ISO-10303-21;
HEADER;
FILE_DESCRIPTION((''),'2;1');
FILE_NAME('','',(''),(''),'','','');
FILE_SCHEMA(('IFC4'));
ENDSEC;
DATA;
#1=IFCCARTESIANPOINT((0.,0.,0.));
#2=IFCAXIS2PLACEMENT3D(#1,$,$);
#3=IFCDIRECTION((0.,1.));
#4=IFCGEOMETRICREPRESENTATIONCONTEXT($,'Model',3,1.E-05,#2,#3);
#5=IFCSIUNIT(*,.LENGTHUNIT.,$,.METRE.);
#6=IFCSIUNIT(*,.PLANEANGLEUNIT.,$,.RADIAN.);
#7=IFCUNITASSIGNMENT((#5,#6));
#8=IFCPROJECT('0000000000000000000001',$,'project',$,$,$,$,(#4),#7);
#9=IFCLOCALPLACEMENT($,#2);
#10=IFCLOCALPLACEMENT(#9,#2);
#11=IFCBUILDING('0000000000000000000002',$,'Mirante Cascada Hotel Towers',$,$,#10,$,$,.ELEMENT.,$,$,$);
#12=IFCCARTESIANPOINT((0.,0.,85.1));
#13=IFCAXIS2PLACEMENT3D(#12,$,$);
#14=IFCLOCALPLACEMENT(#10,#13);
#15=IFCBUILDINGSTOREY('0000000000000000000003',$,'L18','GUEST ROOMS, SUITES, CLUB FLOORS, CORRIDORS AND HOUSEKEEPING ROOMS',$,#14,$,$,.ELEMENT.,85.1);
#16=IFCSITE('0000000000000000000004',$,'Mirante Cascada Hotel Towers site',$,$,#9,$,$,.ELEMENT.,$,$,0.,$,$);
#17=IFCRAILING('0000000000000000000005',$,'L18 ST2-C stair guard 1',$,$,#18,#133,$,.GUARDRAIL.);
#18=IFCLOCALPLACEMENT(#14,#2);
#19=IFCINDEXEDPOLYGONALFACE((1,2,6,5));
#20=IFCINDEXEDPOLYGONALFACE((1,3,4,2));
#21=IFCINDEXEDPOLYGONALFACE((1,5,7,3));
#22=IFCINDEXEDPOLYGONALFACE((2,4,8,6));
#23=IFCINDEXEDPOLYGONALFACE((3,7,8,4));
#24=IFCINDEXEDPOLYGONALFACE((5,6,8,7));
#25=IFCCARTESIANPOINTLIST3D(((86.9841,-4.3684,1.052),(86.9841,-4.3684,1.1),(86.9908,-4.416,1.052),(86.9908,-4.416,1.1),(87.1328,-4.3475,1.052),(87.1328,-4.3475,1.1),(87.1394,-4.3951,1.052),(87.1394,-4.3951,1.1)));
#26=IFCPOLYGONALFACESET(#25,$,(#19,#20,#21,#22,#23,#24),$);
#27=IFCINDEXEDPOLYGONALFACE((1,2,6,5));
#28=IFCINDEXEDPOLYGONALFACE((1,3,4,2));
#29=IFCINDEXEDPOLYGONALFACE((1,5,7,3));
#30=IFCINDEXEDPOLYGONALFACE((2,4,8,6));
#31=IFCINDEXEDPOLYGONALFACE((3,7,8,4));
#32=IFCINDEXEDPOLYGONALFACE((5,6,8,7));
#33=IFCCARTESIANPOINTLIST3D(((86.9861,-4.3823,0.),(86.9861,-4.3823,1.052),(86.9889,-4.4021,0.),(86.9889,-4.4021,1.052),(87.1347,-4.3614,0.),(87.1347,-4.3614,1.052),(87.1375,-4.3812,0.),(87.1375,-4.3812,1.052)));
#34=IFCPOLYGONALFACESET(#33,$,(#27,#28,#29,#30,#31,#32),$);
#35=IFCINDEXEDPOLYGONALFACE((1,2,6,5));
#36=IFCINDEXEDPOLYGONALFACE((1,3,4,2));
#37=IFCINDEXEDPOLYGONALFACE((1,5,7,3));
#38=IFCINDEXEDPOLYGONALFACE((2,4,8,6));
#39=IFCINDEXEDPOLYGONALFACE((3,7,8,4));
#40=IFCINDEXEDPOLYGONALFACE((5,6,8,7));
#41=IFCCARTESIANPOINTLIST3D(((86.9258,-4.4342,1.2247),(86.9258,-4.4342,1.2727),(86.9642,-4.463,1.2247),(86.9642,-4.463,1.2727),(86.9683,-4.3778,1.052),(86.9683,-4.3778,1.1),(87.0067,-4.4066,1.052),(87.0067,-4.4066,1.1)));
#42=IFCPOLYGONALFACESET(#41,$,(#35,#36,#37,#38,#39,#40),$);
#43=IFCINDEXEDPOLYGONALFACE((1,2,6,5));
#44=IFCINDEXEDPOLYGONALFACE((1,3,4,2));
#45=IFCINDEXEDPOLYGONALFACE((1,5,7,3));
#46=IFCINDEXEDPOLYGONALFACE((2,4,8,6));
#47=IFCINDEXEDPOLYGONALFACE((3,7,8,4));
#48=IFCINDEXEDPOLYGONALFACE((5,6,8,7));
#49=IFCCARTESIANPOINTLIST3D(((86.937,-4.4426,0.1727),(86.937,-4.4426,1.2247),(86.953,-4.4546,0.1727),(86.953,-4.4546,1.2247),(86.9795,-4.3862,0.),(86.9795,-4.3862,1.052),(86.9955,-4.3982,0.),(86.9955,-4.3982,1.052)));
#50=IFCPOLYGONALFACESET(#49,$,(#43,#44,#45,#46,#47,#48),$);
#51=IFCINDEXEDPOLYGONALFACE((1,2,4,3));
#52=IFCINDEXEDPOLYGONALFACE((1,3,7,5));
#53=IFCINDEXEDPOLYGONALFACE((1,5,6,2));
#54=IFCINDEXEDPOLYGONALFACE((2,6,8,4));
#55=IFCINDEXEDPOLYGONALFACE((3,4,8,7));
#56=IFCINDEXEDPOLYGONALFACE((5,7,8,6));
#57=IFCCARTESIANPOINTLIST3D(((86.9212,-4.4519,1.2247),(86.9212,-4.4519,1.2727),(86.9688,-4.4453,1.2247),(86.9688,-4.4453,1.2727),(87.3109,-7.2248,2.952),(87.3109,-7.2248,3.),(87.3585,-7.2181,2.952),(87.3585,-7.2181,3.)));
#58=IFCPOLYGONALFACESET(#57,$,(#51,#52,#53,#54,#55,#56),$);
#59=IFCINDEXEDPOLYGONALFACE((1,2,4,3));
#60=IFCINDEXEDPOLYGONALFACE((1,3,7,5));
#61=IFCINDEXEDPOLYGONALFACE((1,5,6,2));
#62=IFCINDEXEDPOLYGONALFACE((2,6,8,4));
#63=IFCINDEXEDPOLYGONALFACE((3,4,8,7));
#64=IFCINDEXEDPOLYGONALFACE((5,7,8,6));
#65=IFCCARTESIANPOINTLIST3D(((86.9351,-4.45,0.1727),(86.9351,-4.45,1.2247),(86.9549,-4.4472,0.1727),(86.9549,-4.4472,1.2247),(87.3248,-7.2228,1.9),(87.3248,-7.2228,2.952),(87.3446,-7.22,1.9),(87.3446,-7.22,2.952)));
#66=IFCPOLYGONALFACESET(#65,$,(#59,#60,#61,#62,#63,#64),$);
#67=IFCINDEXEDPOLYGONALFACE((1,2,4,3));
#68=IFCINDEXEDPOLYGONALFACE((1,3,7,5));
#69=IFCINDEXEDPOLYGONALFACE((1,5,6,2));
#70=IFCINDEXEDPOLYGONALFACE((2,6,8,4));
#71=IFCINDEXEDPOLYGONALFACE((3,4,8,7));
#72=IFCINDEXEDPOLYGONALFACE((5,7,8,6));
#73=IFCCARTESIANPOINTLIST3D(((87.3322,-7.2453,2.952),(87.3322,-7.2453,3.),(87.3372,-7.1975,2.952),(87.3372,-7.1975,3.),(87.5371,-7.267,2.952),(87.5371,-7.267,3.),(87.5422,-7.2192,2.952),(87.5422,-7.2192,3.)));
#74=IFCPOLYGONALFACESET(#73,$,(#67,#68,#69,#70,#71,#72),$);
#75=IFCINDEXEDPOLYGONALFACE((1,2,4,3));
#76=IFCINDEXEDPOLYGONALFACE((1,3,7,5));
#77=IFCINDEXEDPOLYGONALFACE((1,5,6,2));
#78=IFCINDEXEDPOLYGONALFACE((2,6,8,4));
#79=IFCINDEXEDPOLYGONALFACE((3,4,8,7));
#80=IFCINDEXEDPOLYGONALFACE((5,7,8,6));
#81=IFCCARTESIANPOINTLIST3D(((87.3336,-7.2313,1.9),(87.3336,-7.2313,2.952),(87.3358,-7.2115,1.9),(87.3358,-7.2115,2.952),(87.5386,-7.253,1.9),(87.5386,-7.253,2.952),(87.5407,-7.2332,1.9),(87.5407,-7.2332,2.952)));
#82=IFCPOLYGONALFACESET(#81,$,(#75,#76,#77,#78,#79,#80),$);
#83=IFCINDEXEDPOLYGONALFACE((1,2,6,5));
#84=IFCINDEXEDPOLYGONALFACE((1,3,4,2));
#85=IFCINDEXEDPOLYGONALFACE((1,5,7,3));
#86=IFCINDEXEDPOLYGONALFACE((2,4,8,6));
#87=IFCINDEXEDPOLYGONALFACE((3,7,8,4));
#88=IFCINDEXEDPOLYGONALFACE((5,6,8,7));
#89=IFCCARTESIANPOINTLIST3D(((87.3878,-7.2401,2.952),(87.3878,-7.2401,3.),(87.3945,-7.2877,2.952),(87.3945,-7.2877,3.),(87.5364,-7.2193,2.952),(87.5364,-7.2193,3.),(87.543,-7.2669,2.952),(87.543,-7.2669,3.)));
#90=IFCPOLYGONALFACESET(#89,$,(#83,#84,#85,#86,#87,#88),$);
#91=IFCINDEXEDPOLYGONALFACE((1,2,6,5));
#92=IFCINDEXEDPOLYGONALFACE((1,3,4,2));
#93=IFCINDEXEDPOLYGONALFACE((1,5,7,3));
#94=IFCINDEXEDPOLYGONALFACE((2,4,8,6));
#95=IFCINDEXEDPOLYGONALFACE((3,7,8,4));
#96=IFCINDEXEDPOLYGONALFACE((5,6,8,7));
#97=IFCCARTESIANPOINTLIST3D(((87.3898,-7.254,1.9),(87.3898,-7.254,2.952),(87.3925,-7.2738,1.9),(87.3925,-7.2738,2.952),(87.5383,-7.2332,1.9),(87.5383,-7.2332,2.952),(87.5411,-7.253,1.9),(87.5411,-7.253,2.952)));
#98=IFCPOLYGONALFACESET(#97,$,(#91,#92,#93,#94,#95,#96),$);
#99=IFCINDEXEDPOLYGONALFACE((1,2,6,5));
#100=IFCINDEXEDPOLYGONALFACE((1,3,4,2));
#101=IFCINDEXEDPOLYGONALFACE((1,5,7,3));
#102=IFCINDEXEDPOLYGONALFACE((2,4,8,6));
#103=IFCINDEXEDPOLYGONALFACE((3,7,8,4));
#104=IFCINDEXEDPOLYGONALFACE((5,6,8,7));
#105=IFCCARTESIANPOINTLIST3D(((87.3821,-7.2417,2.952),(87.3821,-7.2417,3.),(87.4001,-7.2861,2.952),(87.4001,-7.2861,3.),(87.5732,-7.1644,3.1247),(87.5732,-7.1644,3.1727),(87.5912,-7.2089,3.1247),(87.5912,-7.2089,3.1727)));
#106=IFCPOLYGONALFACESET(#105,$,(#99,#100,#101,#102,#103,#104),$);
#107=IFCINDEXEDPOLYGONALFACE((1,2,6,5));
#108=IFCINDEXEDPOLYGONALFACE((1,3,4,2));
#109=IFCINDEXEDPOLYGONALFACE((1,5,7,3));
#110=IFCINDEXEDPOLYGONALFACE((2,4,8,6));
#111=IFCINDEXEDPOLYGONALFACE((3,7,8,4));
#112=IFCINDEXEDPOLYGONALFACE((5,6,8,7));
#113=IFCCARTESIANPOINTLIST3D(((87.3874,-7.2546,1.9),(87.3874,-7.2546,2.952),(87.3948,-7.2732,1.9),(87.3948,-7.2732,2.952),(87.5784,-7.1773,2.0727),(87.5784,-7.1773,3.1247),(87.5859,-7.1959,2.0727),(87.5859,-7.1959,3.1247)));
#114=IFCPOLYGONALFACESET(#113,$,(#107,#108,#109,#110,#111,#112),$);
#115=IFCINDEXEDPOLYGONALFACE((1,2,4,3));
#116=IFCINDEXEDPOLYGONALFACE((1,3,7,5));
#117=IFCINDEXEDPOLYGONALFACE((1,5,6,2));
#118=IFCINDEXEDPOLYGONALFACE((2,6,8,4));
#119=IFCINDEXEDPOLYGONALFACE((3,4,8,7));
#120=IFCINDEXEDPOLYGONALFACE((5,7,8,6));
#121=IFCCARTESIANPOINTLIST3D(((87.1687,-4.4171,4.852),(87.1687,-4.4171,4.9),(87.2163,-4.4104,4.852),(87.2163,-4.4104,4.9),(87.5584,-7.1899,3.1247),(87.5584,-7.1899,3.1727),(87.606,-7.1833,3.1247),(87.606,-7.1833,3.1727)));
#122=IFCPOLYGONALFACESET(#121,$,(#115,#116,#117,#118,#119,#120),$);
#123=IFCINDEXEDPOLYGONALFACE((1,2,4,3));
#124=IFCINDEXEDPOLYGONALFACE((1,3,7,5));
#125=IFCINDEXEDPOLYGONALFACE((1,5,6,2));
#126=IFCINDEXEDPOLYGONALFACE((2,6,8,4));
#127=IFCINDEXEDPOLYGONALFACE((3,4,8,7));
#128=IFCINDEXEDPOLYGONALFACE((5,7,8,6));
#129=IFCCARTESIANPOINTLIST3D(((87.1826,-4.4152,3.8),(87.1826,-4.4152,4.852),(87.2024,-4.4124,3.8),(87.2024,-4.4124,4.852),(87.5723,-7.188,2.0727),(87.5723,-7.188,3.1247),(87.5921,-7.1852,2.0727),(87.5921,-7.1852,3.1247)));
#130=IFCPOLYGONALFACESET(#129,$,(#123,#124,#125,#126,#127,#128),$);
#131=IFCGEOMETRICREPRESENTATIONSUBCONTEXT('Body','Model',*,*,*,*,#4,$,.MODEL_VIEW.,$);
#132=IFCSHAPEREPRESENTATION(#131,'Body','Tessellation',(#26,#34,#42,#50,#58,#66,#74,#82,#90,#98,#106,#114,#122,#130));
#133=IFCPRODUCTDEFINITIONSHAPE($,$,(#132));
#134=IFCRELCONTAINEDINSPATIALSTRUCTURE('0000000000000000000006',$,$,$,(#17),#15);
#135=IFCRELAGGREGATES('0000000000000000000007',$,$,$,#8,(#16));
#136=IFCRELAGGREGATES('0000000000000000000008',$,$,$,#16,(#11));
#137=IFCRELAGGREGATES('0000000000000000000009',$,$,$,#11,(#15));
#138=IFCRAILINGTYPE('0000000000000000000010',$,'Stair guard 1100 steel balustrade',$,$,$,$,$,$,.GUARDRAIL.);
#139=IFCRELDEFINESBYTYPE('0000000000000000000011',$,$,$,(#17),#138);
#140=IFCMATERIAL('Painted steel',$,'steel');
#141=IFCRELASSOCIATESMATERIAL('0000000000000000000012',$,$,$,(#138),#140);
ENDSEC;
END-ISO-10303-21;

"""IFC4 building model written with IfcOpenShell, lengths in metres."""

from ifc_helpers import new_model, si_unit, direction, frame, origin, origin_2d, place, context, subcontext, project, spatial, rectangle, extrude, material, type_object, element, save


model = new_model("IFC4")

# Units and contexts
model_context = context("Model", 3, precision=1e-05, world=origin(), true_north=direction((0.0, 1.0)))
body_context = subcontext(model_context, "Body", "Model", "MODEL_VIEW")
ifc_project = project(units=[si_unit("LENGTHUNIT", "METRE"), si_unit("PLANEANGLEUNIT", "RADIAN")], contexts=[model_context])

# Site, building, storey
site_placement = place(None, origin())
site = spatial("IfcSite", under=ifc_project, at=site_placement, Name="Mirante Cascada Hotel Towers site", CompositionType="ELEMENT", RefElevation=0.0)
building_placement = place(site_placement, origin())
building = spatial("IfcBuilding", under=site, at=building_placement, Name="Mirante Cascada Hotel Towers", CompositionType="ELEMENT")
storey_placement = place(building_placement, frame((0.0, 0.0, 85.1)))
storey = spatial("IfcBuildingStorey", under=building, at=storey_placement, Name="L18", Description="GUEST ROOMS, SUITES, CLUB FLOORS, CORRIDORS AND HOUSEKEEPING ROOMS", CompositionType="ELEMENT", Elevation=85.1)

# Railing
ifc_material_1 = material(Name="Painted steel", Category="steel")
railing_type = type_object("IfcRailingType", Name="Stair guard 1100 steel balustrade", PredefinedType="GUARDRAIL", material=ifc_material_1)
railing_placement = place(storey_placement, frame((87.1361, -4.3713, 0.0)))
element("IfcRailing", 1, at=railing_placement, inside=storey, type_object=railing_type, Name="L18 ST2-C stair guard 1", PredefinedType="GUARDRAIL", context=body_context, shape_type="SweptSolid", body=[
    extrude(rectangle(XDim=0.048, YDim=0.048, at=origin_2d()), frame((0.0, 0.0, 1.076), z_axis=(-0.990254, -0.139275, 0.0), x_axis=(0.139275, -0.990254, 0.0)), (0.0, 0.0, 1.0), 0.1501),
    extrude(rectangle(XDim=0.02, YDim=1.052, at=origin_2d()), frame((0.0, 0.0, 0.526), z_axis=(-0.990254, -0.139275, 0.0), x_axis=(0.139275, -0.990254, 0.0)), (0.0, 0.0, 1.0), 0.1501),
    extrude(rectangle(XDim=0.048, YDim=0.048, at=origin_2d()), frame((-0.1486, -0.0209, 1.076), z_axis=(-0.601811, -0.798639, 0.0), x_axis=(0.798639, -0.601811, 0.0)), (0.0, 0.925603, 0.378496), 0.1866),
    extrude(rectangle(XDim=0.02, YDim=1.052, at=origin_2d()), frame((-0.1486, -0.0209, 0.526), z_axis=(-0.601811, -0.798639, 0.0), x_axis=(0.798639, -0.601811, 0.0)), (0.0, 0.925603, 0.378496), 0.1866),
    extrude(rectangle(XDim=0.048, YDim=0.048, at=origin_2d()), frame((-0.1911, -0.0773, 1.2487), z_axis=(0.139176, -0.990268, 0.0), x_axis=(0.990268, 0.139176, 0.0)), (0.0, 0.525021, 0.851089), 3.29),
    extrude(rectangle(XDim=0.02, YDim=1.052, at=origin_2d()), frame((-0.1911, -0.0773, 0.6987), z_axis=(0.139176, -0.990268, 0.0), x_axis=(0.990268, 0.139176, 0.0)), (0.0, 0.525021, 0.851089), 3.29),
    extrude(rectangle(XDim=0.048, YDim=0.048, at=origin_2d()), frame((0.1986, -2.8501, 2.976), z_axis=(0.994444, -0.105266, 0.0), x_axis=(0.105266, 0.994444, 0.0)), (0.0, 0.0, 1.0), 0.2061),
    extrude(rectangle(XDim=0.02, YDim=1.052, at=origin_2d()), frame((0.1986, -2.8501, 2.426), z_axis=(0.994444, -0.105266, 0.0), x_axis=(0.105266, 0.994444, 0.0)), (0.0, 0.0, 1.0), 0.2061),
    extrude(rectangle(XDim=0.048, YDim=0.048, at=origin_2d()), frame((0.4036, -2.8718, 2.976), z_axis=(-0.990345, -0.138622, 0.0), x_axis=(0.138622, -0.990345, 0.0)), (0.0, 0.0, 1.0), 0.15),
    extrude(rectangle(XDim=0.02, YDim=1.052, at=origin_2d()), frame((0.4036, -2.8718, 2.426), z_axis=(-0.990345, -0.138622, 0.0), x_axis=(0.138622, -0.990345, 0.0)), (0.0, 0.0, 1.0), 0.15),
    extrude(rectangle(XDim=0.048, YDim=0.048, at=origin_2d()), frame((0.255, -2.8926, 2.976), z_axis=(0.927031, 0.374984, 0.0), x_axis=(-0.374984, 0.927031, 0.0)), (0.0, 0.64219, 0.766545), 0.2689),
    extrude(rectangle(XDim=0.02, YDim=1.052, at=origin_2d()), frame((0.255, -2.8926, 2.426), z_axis=(0.927031, 0.374984, 0.0), x_axis=(-0.374984, 0.927031, 0.0)), (0.0, 0.64219, 0.766545), 0.2689),
    extrude(rectangle(XDim=0.048, YDim=0.048, at=origin_2d()), frame((0.4461, -2.8153, 3.1487), z_axis=(-0.139176, 0.990268, 0.0), x_axis=(-0.990268, -0.139176, 0.0)), (0.0, 0.525021, 0.851089), 3.29),
    extrude(rectangle(XDim=0.02, YDim=1.052, at=origin_2d()), frame((0.4461, -2.8153, 2.5987), z_axis=(-0.139176, 0.990268, 0.0), x_axis=(-0.990268, -0.139176, 0.0)), (0.0, 0.525021, 0.851089), 3.29),
])

save(model, "model.ifc")
